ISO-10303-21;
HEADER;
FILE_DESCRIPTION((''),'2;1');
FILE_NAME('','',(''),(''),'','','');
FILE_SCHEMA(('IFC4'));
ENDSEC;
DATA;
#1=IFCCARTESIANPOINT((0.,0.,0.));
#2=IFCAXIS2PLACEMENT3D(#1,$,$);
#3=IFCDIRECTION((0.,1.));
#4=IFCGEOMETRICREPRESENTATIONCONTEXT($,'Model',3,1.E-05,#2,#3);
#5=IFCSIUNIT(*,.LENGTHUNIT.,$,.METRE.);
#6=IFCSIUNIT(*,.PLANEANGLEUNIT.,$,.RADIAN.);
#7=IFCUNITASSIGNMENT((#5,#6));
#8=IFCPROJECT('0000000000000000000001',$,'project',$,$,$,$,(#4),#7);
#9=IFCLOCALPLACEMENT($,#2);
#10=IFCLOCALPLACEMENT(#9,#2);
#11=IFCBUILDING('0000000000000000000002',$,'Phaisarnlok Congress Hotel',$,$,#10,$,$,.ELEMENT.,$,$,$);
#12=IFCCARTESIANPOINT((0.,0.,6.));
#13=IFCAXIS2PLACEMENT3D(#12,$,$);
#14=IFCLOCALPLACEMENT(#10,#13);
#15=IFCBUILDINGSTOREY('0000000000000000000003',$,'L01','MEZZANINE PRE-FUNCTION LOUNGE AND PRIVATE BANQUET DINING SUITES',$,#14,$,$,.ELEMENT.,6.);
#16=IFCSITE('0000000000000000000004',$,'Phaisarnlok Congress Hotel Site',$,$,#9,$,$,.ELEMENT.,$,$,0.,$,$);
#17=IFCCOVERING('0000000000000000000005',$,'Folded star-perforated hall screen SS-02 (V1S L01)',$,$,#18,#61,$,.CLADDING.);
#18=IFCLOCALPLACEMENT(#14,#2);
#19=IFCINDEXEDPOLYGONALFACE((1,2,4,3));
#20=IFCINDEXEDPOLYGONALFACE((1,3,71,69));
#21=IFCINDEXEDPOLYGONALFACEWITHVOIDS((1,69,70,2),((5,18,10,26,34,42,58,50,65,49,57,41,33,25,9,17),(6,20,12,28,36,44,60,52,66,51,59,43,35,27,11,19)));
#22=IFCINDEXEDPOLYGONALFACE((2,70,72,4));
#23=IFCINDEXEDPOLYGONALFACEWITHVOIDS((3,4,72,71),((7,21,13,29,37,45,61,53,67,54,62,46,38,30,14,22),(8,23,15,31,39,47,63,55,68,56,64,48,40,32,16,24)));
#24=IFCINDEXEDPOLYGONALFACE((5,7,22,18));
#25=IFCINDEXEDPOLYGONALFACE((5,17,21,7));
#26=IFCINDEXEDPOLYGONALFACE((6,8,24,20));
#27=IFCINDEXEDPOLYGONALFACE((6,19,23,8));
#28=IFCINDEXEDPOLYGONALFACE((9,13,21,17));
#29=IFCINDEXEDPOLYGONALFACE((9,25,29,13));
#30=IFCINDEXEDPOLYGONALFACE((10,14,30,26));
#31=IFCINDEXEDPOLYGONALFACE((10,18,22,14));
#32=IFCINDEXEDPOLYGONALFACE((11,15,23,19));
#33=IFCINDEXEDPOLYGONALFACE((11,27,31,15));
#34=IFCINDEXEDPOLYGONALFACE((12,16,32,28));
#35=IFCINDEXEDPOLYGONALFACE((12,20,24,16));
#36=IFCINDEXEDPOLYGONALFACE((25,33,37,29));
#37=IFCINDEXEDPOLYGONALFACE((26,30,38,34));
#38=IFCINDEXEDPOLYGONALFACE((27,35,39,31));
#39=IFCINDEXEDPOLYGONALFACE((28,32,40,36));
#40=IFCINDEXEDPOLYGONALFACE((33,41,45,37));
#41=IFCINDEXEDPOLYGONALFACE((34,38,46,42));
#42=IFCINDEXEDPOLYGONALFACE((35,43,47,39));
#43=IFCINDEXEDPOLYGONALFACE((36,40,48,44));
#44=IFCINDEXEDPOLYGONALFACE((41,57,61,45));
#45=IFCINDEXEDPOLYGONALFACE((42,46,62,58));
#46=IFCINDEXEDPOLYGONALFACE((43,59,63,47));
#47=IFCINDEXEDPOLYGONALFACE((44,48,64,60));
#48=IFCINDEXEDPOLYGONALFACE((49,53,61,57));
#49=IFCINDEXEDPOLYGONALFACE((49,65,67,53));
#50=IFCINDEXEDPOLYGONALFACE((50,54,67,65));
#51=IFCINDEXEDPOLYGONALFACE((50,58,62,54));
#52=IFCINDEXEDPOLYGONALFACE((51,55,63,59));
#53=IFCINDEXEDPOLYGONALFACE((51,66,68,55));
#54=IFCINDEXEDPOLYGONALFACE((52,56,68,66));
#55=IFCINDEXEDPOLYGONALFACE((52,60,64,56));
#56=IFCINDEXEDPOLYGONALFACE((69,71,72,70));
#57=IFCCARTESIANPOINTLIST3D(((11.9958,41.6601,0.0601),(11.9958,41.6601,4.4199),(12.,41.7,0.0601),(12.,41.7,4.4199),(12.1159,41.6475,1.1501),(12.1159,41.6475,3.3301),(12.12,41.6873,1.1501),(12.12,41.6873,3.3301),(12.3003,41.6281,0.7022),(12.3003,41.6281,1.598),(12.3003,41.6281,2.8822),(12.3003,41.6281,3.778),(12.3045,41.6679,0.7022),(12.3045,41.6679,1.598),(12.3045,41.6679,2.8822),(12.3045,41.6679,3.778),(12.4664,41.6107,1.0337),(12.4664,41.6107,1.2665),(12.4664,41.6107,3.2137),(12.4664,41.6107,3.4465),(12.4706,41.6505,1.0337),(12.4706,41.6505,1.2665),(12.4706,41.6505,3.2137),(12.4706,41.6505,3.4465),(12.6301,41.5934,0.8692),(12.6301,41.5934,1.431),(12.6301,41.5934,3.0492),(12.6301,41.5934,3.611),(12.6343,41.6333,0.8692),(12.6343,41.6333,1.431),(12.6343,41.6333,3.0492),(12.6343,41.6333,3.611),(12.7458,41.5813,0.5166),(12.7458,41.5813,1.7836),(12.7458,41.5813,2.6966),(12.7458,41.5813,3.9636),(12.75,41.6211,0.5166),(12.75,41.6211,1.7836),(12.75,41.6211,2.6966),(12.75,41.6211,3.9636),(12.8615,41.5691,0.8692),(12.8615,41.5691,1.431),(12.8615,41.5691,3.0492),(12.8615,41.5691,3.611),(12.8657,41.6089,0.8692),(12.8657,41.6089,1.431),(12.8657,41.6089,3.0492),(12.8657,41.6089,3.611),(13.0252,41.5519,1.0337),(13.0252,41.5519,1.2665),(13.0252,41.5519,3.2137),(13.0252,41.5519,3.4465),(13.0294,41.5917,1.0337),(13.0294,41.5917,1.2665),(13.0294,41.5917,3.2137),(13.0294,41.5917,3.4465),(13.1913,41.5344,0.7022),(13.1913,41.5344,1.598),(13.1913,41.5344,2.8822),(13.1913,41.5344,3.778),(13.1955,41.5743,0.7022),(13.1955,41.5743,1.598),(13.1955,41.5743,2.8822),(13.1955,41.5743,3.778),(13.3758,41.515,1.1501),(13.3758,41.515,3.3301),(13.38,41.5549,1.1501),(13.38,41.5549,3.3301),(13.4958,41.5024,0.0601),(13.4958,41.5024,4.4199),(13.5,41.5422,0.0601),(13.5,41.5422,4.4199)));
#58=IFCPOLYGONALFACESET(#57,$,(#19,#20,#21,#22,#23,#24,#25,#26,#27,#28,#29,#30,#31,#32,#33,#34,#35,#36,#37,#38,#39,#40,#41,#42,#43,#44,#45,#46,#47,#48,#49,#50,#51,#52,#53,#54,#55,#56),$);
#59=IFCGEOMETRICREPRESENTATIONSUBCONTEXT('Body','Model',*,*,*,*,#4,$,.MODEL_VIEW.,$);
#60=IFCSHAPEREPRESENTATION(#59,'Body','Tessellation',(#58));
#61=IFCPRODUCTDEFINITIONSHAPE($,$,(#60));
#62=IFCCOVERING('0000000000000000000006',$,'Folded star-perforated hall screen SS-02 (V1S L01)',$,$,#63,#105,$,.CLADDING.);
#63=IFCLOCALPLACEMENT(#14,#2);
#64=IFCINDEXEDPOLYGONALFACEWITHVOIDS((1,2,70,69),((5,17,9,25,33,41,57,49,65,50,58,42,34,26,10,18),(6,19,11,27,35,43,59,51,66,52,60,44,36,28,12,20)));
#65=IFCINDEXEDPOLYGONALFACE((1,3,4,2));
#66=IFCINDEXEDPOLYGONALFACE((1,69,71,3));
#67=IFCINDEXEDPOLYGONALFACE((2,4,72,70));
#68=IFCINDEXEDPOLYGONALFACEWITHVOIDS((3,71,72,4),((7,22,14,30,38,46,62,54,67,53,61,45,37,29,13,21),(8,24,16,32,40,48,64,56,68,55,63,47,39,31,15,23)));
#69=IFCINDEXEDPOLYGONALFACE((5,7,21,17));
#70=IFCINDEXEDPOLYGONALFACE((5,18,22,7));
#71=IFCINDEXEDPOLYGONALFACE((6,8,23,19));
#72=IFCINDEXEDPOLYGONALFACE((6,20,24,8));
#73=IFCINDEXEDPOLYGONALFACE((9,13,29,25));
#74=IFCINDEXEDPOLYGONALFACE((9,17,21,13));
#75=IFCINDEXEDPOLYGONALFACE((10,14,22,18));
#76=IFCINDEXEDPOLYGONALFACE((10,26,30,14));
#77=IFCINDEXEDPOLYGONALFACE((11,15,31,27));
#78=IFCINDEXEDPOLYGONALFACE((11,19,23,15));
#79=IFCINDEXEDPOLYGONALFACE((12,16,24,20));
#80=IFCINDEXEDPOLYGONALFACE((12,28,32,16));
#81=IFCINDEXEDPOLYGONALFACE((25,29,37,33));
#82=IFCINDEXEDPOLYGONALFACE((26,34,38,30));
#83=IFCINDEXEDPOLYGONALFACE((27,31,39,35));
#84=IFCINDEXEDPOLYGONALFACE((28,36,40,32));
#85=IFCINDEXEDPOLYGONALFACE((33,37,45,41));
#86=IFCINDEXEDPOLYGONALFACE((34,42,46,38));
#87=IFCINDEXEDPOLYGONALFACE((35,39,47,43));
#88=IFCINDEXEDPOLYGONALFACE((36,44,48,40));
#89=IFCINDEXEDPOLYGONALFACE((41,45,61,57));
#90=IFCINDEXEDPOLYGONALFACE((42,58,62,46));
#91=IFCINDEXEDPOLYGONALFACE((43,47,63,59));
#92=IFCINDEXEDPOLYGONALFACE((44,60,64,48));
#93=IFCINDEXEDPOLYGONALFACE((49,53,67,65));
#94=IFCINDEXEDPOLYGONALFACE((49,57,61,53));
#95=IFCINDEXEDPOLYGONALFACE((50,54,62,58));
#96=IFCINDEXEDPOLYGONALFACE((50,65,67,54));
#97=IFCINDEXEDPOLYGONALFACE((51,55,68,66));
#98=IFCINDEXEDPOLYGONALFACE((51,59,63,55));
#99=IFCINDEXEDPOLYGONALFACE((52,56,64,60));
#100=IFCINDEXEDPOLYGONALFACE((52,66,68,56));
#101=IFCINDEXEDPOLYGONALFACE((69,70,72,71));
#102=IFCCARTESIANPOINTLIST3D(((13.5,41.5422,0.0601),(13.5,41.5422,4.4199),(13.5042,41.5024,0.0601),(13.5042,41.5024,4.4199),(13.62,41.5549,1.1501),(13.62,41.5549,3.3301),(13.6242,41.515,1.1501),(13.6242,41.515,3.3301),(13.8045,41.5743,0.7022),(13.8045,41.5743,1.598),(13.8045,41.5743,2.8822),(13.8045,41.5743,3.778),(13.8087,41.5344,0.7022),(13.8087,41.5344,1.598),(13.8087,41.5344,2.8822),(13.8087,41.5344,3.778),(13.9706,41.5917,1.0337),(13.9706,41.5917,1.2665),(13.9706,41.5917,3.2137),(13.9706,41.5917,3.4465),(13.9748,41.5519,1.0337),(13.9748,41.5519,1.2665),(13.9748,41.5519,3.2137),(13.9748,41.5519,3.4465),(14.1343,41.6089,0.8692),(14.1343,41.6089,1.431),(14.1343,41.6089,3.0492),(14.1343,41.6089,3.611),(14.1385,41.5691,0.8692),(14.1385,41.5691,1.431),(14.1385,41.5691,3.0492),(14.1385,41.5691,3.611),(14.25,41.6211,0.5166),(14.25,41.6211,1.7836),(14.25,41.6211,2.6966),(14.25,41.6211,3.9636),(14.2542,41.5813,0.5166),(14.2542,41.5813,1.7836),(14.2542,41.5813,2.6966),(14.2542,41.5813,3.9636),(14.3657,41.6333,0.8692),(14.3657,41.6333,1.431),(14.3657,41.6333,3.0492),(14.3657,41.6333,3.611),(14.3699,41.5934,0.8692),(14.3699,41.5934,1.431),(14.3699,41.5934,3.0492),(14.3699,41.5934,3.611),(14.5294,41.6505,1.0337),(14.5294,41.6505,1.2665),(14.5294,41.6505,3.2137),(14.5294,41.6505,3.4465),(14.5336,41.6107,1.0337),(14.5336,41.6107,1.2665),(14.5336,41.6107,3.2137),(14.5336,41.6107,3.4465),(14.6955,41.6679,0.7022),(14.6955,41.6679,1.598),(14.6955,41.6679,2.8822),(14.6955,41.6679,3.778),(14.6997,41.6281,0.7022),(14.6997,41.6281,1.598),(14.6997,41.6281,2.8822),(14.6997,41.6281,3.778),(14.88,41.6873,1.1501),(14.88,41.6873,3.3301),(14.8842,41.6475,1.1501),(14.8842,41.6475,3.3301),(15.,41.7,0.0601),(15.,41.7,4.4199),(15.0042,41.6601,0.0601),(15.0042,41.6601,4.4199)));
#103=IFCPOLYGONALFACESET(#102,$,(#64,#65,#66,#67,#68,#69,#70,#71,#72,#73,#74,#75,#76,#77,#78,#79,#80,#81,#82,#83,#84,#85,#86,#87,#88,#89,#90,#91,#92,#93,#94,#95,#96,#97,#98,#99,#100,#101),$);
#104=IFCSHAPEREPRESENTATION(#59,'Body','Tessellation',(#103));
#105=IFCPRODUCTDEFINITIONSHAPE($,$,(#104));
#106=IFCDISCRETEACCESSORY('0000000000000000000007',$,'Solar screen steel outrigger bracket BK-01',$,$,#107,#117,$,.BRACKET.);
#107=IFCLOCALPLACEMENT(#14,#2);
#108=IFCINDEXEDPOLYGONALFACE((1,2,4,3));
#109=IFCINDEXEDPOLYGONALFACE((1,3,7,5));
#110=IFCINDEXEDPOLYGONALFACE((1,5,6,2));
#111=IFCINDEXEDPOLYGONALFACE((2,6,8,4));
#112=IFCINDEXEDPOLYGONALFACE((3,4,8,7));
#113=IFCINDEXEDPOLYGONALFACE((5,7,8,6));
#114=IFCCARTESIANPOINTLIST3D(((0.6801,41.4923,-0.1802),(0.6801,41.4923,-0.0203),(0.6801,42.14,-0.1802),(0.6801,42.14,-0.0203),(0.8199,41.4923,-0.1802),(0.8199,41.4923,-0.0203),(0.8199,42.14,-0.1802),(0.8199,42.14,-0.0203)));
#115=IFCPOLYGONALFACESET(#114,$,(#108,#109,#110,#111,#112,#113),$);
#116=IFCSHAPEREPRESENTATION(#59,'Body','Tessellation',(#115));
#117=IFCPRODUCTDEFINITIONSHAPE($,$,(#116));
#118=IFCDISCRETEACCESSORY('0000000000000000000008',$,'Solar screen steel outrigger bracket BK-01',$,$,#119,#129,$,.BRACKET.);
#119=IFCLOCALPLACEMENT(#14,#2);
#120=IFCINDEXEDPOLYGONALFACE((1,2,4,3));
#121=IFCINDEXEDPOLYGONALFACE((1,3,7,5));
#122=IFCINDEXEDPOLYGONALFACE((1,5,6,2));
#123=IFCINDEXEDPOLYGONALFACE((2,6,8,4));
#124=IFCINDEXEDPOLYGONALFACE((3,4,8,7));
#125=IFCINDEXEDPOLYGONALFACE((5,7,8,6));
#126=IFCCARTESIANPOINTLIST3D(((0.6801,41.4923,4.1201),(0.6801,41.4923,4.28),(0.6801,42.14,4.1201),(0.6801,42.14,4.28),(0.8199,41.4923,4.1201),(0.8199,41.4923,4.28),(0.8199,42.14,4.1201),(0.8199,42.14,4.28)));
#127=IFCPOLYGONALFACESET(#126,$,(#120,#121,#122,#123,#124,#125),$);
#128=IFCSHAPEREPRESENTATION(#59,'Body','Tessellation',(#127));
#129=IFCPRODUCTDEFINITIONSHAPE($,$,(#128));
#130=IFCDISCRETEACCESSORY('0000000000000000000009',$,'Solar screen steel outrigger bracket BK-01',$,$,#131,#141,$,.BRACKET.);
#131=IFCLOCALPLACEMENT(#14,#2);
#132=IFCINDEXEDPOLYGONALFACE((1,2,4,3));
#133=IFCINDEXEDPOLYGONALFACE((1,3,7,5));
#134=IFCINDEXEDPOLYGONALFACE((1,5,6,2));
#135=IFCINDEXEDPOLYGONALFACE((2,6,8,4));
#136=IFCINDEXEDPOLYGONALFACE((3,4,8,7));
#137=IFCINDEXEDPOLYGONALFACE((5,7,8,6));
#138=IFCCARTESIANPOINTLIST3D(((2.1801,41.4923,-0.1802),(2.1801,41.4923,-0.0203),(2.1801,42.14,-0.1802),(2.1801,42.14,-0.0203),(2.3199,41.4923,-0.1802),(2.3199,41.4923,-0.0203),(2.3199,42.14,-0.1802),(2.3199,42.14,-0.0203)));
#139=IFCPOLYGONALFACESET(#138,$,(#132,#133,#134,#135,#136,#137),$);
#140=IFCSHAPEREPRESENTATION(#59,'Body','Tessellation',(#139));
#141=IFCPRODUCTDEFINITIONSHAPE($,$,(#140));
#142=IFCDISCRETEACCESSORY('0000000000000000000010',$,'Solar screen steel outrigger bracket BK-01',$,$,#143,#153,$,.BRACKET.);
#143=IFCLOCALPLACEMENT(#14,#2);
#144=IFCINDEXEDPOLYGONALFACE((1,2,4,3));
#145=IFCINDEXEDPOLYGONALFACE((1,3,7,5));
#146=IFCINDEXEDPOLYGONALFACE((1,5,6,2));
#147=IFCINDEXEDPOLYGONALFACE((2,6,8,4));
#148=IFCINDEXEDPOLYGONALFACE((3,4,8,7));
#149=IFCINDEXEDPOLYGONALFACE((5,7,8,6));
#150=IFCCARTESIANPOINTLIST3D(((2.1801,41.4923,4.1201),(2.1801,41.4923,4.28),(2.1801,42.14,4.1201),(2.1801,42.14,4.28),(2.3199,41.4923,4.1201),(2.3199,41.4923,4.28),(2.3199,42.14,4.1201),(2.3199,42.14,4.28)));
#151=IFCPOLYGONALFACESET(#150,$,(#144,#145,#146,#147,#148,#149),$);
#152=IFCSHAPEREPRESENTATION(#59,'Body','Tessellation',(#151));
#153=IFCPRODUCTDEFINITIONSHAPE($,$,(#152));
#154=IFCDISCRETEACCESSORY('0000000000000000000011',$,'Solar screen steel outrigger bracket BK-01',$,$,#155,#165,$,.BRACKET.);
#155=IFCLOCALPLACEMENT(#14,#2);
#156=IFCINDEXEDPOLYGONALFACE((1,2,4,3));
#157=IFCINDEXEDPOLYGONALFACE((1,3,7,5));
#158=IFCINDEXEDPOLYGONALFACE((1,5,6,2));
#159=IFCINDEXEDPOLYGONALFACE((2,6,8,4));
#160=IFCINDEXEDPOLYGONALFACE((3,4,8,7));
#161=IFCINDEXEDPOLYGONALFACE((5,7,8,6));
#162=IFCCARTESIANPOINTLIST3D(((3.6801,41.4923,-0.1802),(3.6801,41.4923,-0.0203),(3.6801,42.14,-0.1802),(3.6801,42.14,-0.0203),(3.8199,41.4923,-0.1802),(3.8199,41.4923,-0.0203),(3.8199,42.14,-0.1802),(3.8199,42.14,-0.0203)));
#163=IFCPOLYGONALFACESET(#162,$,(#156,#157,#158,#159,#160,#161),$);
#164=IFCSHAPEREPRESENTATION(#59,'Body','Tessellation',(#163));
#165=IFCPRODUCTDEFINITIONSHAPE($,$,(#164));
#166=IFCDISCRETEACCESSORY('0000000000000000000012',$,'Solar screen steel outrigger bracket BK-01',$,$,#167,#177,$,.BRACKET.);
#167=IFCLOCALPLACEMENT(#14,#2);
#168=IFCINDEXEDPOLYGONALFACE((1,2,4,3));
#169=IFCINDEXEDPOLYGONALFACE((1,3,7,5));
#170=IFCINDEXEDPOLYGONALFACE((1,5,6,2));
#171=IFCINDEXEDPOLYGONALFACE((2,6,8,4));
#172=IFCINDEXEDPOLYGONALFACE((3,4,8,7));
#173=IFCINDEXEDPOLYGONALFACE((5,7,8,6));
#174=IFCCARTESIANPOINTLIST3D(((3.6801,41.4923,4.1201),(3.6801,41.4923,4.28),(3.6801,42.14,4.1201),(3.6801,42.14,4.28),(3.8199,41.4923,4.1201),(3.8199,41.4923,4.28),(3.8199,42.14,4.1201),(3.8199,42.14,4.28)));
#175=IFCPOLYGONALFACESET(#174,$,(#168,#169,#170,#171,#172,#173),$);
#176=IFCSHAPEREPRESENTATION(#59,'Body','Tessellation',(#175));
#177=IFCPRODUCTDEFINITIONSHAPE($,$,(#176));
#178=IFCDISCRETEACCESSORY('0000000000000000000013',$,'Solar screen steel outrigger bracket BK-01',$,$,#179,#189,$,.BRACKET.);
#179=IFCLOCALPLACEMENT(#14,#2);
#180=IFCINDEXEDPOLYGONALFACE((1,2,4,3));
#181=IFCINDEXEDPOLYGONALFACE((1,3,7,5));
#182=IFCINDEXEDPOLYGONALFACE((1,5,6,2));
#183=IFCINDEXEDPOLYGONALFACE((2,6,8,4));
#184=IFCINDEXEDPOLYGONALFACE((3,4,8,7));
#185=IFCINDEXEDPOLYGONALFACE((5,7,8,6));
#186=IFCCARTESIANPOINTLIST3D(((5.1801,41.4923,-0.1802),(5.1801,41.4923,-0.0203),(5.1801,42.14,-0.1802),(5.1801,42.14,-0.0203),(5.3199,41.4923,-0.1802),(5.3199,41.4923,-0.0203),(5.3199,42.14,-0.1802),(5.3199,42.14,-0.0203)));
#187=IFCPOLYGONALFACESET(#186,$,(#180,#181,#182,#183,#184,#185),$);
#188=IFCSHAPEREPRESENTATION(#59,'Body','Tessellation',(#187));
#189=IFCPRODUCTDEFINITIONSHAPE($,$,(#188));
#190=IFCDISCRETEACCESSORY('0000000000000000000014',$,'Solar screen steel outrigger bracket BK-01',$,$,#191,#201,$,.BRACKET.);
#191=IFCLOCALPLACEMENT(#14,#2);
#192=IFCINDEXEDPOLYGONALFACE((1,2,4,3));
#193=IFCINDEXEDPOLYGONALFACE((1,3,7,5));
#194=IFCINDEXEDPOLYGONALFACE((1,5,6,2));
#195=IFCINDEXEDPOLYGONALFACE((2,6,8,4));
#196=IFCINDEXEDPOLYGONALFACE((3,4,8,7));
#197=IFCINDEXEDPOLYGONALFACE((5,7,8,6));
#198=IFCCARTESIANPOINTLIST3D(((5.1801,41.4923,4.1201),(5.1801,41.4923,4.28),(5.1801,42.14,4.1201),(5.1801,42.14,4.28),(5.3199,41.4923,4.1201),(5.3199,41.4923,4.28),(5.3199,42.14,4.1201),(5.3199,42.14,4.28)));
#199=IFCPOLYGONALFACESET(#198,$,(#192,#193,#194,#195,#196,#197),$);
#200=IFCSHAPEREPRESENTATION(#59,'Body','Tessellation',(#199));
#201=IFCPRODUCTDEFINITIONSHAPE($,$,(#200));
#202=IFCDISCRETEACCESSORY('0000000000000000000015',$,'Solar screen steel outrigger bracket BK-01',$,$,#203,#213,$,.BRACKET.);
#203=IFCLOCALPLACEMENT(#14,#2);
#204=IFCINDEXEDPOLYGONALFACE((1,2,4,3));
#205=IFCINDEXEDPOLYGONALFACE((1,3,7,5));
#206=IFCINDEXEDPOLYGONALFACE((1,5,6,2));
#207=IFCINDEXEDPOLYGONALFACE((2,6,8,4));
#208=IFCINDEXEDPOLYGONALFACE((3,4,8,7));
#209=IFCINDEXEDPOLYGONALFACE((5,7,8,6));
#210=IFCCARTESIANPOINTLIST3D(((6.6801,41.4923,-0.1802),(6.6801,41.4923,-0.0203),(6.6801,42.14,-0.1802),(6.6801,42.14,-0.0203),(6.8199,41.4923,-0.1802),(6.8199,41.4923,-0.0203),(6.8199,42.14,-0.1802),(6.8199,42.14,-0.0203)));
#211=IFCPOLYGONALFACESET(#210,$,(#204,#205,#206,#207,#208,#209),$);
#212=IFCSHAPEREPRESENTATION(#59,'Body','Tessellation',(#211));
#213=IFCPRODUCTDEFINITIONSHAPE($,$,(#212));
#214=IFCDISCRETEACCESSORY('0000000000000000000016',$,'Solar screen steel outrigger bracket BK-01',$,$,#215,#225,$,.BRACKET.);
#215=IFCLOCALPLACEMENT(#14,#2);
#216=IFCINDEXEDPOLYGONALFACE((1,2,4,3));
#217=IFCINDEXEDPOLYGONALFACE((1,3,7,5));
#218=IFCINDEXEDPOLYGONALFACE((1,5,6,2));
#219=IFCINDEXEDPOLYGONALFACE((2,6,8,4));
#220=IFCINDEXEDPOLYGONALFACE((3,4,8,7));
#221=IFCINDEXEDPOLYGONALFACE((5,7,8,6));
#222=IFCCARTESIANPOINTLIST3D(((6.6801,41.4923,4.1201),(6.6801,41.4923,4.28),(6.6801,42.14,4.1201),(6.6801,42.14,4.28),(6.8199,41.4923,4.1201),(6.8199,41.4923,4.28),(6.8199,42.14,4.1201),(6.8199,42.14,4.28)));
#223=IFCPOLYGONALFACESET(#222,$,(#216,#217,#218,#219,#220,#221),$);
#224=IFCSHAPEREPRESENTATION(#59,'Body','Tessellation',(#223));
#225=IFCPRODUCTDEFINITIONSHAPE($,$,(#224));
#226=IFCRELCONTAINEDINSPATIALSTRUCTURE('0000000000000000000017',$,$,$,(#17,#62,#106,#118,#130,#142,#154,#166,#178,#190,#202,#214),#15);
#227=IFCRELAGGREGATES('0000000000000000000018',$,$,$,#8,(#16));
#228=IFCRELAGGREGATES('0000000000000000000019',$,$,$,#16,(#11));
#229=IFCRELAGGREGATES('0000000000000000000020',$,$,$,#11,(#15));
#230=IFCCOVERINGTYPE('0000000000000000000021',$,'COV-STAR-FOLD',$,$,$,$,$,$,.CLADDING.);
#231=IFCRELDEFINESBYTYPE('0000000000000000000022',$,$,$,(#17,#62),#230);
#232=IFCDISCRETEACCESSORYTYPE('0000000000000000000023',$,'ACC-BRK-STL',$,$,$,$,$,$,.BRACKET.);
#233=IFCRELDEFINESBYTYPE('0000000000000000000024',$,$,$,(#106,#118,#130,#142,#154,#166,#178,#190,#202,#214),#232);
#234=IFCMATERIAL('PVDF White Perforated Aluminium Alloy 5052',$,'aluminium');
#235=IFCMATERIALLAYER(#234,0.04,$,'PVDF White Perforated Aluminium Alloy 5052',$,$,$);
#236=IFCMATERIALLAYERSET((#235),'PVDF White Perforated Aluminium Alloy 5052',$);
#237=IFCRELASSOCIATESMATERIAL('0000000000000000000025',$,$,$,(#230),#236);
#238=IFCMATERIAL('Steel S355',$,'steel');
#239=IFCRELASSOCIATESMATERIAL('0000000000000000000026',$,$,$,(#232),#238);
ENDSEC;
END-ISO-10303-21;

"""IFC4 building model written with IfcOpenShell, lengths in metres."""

from ifc_helpers import new_model, si_unit, direction, frame, origin, origin_2d, place, context, subcontext, project, spatial, polyline, rectangle, outline, extrude, material, layer, layer_set, type_object, element, save


model = new_model("IFC4")

# Units and contexts
model_context = context("Model", 3, precision=1e-05, world=origin(), true_north=direction((0.0, 1.0)))
body_context = subcontext(model_context, "Body", "Model", "MODEL_VIEW")
ifc_project = project(units=[si_unit("LENGTHUNIT", "METRE"), si_unit("PLANEANGLEUNIT", "RADIAN")], contexts=[model_context])

# Site, building, storey
site_placement = place(None, origin())
site = spatial("IfcSite", under=ifc_project, at=site_placement, Name="Phaisarnlok Congress Hotel Site", CompositionType="ELEMENT", RefElevation=0.0)
building_placement = place(site_placement, origin())
building = spatial("IfcBuilding", under=site, at=building_placement, Name="Phaisarnlok Congress Hotel", CompositionType="ELEMENT")
storey_placement = place(building_placement, frame((0.0, 0.0, 6.0)))
storey = spatial("IfcBuildingStorey", under=building, at=storey_placement, Name="L01", Description="MEZZANINE PRE-FUNCTION LOUNGE AND PRIVATE BANQUET DINING SUITES", CompositionType="ELEMENT", Elevation=6.0)

# Coverings
ifc_material_1 = material(Name="PVDF White Perforated Aluminium Alloy 5052", Category="aluminium")
ifc_layer = layer(ifc_material_1, 0.04, Name="PVDF White Perforated Aluminium Alloy 5052")
ifc_layer_set = layer_set([ifc_layer], Name="PVDF White Perforated Aluminium Alloy 5052")
covering_type = type_object("IfcCoveringType", Name="COV-STAR-FOLD", PredefinedType="CLADDING", material=ifc_layer_set)
for number, where, z_axis, x_axis, name in (
    (1, (12.0, 41.7, 0.0601), (-0.104567, -0.994518, 0.0), (0.994518, -0.104567, 0.0), "Folded star-perforated hall screen SS-02 (V1S L01)"),
    (2, (13.5, 41.5422, 0.0601), (0.104567, -0.994518, 0.0), (0.994518, 0.104567, 0.0), "Folded star-perforated hall screen SS-02 (V1S L01)"),
):
    element("IfcCovering", number, at=place(storey_placement, frame(where, z_axis=z_axis, x_axis=x_axis)), inside=storey, type_object=covering_type, Name=name, PredefinedType="CLADDING", context=body_context, shape_type="SweptSolid", body=[
        extrude(outline(polyline([(0.0, 0.0), (1.5083, 0.0), (1.5083, 4.3599), (0.0, 4.3599), (0.0, 0.0)]), holes=[polyline([(1.0351, 0.9736), (1.2021, 0.6421), (0.8705, 0.8091), (0.7541, 0.4565), (0.6378, 0.8091), (0.3062, 0.6421), (0.4732, 0.9736), (0.1207, 1.09), (0.4732, 1.2064), (0.3062, 1.5379), (0.6378, 1.3709), (0.7541, 1.7235), (0.8705, 1.3709), (1.2021, 1.5379), (1.0351, 1.2064), (1.3876, 1.09), (1.0351, 0.9736)]), polyline([(1.0351, 3.1536), (1.2021, 2.8221), (0.8705, 2.9891), (0.7541, 2.6365), (0.6378, 2.9891), (0.3062, 2.8221), (0.4732, 3.1536), (0.1207, 3.27), (0.4732, 3.3864), (0.3062, 3.7179), (0.6378, 3.5509), (0.7541, 3.9035), (0.8705, 3.5509), (1.2021, 3.7179), (1.0351, 3.3864), (1.3876, 3.27), (1.0351, 3.1536)])]), origin(), (0.0, 0.0, 1.0), 0.04),
    ])

# Discrete accessories
ifc_material_2 = material(Name="Steel S355", Category="steel")
discrete_accessory_type = type_object("IfcDiscreteAccessoryType", Name="ACC-BRK-STL", PredefinedType="BRACKET", material=ifc_material_2)
for number, where, z_axis, x_axis, name in (
    (3, (0.75, 41.8162, -0.1802), (0.0, 0.0, 1.0), (1.0, 0.0, 0.0), "Solar screen steel outrigger bracket BK-01"),
    (4, (0.75, 41.8162, 4.1201), (0.0, 0.0, 1.0), (1.0, 0.0, 0.0), "Solar screen steel outrigger bracket BK-01"),
    (5, (2.25, 41.8162, -0.1802), (0.0, 0.0, 1.0), (1.0, 0.0, 0.0), "Solar screen steel outrigger bracket BK-01"),
    (6, (2.25, 41.8162, 4.1201), (0.0, 0.0, 1.0), (1.0, 0.0, 0.0), "Solar screen steel outrigger bracket BK-01"),
    (7, (3.75, 41.8162, -0.1802), (0.0, 0.0, 1.0), (1.0, 0.0, 0.0), "Solar screen steel outrigger bracket BK-01"),
    (8, (3.75, 41.8162, 4.1201), (0.0, 0.0, 1.0), (1.0, 0.0, 0.0), "Solar screen steel outrigger bracket BK-01"),
    (9, (5.25, 41.8162, -0.1802), (0.0, 0.0, 1.0), (1.0, 0.0, 0.0), "Solar screen steel outrigger bracket BK-01"),
    (10, (5.25, 41.8162, 4.1201), (0.0, 0.0, 1.0), (1.0, 0.0, 0.0), "Solar screen steel outrigger bracket BK-01"),
    (11, (6.75, 41.8162, -0.1802), (0.0, 0.0, 1.0), (1.0, 0.0, 0.0), "Solar screen steel outrigger bracket BK-01"),
    (12, (6.75, 41.8162, 4.1201), (0.0, 0.0, 1.0), (1.0, 0.0, 0.0), "Solar screen steel outrigger bracket BK-01"),
):
    element("IfcDiscreteAccessory", number, at=place(storey_placement, frame(where, z_axis=z_axis, x_axis=x_axis)), inside=storey, type_object=discrete_accessory_type, Name=name, PredefinedType="BRACKET", context=body_context, shape_type="SweptSolid", body=[
        extrude(rectangle(XDim=0.1399, YDim=0.6477, at=origin_2d()), origin(), (0.0, 0.0, 1.0), 0.1599),
    ])

save(model, "model.ifc")
